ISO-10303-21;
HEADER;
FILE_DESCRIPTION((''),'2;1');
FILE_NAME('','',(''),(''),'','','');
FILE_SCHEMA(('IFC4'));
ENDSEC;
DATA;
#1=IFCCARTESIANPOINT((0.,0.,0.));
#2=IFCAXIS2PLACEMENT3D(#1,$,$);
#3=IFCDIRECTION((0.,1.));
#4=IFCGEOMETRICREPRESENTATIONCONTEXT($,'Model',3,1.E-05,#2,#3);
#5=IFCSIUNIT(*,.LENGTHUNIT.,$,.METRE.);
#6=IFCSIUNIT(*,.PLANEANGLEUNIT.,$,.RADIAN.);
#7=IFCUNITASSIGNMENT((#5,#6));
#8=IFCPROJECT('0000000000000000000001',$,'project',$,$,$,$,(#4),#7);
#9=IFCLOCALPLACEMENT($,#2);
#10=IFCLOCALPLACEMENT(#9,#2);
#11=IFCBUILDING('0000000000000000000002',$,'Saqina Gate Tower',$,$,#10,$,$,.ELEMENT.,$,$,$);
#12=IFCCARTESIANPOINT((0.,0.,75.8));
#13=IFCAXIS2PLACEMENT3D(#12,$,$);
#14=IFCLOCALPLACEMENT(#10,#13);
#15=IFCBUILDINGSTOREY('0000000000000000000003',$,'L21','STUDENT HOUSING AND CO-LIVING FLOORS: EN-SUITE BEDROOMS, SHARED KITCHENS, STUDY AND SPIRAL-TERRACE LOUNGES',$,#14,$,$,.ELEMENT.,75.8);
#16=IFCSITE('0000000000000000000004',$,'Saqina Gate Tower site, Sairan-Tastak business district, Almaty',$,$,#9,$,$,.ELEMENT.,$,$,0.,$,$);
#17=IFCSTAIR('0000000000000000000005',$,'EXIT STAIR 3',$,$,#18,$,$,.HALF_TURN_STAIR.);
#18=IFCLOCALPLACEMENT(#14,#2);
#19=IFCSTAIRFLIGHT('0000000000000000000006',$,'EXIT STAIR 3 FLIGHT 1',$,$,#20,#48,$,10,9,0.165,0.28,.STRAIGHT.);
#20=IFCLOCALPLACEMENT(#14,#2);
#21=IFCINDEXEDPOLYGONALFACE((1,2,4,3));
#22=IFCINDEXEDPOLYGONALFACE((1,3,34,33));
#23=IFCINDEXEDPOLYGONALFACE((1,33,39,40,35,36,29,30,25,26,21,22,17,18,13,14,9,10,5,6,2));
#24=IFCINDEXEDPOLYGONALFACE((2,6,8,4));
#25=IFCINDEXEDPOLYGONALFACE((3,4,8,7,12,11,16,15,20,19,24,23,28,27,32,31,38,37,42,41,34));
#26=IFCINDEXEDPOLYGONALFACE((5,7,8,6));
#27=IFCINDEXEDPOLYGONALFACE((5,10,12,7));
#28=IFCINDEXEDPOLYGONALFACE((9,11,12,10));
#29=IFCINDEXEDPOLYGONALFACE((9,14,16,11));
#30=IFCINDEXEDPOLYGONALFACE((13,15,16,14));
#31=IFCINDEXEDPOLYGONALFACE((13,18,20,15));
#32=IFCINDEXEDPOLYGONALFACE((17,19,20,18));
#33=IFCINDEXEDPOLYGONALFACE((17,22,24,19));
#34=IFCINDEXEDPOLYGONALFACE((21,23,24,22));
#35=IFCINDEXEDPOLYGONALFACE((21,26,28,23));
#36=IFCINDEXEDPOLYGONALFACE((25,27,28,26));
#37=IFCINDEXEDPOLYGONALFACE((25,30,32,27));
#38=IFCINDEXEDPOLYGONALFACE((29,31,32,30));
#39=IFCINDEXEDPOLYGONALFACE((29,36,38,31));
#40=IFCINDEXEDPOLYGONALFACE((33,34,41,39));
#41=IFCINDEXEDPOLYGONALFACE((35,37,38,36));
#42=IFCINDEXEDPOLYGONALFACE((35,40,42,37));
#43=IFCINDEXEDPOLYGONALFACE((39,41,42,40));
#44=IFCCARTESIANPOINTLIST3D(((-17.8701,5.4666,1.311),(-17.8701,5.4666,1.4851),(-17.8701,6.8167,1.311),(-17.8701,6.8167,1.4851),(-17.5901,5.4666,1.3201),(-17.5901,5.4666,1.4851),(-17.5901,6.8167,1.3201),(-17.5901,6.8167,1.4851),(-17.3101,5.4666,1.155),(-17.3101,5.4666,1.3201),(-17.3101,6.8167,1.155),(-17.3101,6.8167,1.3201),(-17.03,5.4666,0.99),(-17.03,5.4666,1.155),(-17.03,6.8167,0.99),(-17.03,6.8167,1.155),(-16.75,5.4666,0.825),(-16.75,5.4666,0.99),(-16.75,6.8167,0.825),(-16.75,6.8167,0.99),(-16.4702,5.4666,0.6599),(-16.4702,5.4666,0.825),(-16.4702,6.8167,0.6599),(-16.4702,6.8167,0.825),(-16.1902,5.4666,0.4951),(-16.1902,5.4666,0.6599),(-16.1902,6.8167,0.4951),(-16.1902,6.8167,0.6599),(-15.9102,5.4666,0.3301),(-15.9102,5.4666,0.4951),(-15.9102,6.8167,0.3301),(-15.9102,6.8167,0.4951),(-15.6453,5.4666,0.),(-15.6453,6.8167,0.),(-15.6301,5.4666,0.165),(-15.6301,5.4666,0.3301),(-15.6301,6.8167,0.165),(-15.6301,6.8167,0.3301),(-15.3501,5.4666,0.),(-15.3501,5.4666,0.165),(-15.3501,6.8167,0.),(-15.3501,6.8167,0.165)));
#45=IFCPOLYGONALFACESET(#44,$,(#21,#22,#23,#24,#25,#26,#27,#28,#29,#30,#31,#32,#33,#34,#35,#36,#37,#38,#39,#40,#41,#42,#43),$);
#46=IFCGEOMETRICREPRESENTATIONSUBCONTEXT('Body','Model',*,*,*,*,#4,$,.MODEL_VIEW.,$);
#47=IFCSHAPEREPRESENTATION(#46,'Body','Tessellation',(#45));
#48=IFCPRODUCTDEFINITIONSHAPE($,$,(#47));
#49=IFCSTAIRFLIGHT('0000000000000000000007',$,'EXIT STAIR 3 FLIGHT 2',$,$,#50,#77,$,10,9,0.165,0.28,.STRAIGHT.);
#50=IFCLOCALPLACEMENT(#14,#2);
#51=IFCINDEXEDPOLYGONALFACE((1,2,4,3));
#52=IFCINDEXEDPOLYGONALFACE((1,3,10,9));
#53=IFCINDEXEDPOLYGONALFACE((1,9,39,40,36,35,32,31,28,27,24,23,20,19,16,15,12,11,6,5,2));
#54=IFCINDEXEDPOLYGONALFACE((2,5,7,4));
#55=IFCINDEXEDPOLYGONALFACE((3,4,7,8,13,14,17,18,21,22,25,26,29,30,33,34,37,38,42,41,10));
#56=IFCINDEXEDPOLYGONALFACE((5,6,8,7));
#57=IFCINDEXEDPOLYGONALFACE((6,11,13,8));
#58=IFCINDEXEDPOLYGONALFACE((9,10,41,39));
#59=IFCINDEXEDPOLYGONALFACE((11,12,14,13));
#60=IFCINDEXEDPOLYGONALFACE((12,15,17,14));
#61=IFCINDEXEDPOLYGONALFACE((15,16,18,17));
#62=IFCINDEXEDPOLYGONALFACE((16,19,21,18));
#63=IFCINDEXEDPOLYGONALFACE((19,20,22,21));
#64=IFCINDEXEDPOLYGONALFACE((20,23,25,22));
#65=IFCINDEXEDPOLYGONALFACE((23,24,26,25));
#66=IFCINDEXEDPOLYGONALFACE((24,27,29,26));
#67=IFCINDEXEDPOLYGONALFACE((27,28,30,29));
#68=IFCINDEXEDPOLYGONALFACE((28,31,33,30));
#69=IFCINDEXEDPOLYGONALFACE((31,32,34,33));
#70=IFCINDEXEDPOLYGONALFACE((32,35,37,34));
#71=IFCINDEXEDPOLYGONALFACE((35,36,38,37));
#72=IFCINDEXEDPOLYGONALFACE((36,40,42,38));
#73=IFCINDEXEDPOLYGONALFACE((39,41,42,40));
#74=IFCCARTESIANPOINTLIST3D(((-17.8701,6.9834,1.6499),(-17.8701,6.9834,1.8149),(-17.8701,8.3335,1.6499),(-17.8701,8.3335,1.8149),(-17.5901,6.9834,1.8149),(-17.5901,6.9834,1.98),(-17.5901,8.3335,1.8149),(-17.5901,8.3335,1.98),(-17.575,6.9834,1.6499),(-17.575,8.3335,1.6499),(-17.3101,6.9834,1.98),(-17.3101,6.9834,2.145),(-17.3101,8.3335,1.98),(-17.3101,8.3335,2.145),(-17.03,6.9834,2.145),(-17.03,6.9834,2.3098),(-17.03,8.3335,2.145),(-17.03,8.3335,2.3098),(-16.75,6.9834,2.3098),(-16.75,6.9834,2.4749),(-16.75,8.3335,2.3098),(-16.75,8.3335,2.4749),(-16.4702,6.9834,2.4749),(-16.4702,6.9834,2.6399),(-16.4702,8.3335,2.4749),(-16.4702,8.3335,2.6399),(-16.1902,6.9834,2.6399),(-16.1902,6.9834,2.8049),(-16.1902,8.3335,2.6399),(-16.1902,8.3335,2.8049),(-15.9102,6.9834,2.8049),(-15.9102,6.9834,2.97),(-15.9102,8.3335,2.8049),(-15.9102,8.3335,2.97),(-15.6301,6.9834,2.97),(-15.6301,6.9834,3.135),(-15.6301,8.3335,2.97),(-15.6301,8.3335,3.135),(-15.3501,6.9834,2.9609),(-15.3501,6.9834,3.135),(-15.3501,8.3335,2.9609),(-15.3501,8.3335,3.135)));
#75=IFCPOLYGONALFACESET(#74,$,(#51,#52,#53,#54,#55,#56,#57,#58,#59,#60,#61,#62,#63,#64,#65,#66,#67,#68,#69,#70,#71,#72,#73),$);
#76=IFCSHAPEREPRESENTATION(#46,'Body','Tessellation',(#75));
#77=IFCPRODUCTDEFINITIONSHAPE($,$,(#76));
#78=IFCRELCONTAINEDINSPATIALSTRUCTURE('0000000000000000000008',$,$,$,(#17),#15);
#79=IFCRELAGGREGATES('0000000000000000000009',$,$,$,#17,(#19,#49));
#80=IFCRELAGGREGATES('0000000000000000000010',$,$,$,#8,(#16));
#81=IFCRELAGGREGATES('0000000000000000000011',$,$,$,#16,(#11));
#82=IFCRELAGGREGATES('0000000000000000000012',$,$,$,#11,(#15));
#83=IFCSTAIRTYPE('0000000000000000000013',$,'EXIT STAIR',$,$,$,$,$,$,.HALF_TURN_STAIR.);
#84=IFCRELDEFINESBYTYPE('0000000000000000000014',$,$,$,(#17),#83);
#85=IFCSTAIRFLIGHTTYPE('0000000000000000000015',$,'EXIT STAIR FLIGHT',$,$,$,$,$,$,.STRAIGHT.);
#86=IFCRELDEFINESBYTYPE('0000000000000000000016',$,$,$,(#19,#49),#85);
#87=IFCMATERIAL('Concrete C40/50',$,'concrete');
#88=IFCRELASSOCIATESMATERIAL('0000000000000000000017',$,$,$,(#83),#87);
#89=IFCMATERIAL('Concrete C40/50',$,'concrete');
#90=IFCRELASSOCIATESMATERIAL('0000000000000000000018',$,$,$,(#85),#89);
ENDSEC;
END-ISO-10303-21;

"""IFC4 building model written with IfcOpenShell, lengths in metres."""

from ifc_helpers import new_model, si_unit, direction, frame, origin, place, context, subcontext, project, spatial, polyline, outline, extrude, material, type_object, element, aggregate, save


model = new_model("IFC4")

# Units and contexts
model_context = context("Model", 3, precision=1e-05, world=origin(), true_north=direction((0.0, 1.0)))
body_context = subcontext(model_context, "Body", "Model", "MODEL_VIEW")
ifc_project = project(units=[si_unit("LENGTHUNIT", "METRE"), si_unit("PLANEANGLEUNIT", "RADIAN")], contexts=[model_context])

# Site, building, storey
site_placement = place(None, origin())
site = spatial("IfcSite", under=ifc_project, at=site_placement, Name="Saqina Gate Tower site, Sairan-Tastak business district, Almaty", CompositionType="ELEMENT", RefElevation=0.0)
building_placement = place(site_placement, origin())
building = spatial("IfcBuilding", under=site, at=building_placement, Name="Saqina Gate Tower", CompositionType="ELEMENT")
storey_placement = place(building_placement, frame((0.0, 0.0, 75.8)))
storey = spatial("IfcBuildingStorey", under=building, at=storey_placement, Name="L21", Description="STUDENT HOUSING AND CO-LIVING FLOORS: EN-SUITE BEDROOMS, SHARED KITCHENS, STUDY AND SPIRAL-TERRACE LOUNGES", CompositionType="ELEMENT", Elevation=75.8)

# Stair, stair flights
ifc_material_1 = material(Name="Concrete C40/50", Category="concrete")
stair_type = type_object("IfcStairType", Name="EXIT STAIR", PredefinedType="HALF_TURN_STAIR", material=ifc_material_1)
stair_placement = place(storey_placement, origin())
stair = element("IfcStair", 1, at=stair_placement, inside=storey, type_object=stair_type, Name="EXIT STAIR 3", PredefinedType="HALF_TURN_STAIR")
ifc_material_2 = material(Name="Concrete C40/50", Category="concrete")
stair_flight_type = type_object("IfcStairFlightType", Name="EXIT STAIR FLIGHT", PredefinedType="STRAIGHT", material=ifc_material_2)
stair_flight_1_placement = place(storey_placement, frame((-15.3501, 6.1416, 0.0), z_axis=(0.0, 0.0, 1.0), x_axis=(-1.0, 0.0, 0.0)))
stair_flight_1 = element("IfcStairFlight", 2, at=stair_flight_1_placement, type_object=stair_flight_type, Name="EXIT STAIR 3 FLIGHT 1", NumberOfRisers=10, NumberOfTreads=9, PredefinedType="STRAIGHT", RiserHeight=0.165, TreadLength=0.28, context=body_context, shape_type="SweptSolid", body=[
    extrude(outline(polyline([(0.0, 0.0), (0.0, 0.165), (0.28, 0.165), (0.28, 0.3301), (0.5601, 0.3301), (0.5601, 0.4951), (0.8401, 0.4951), (0.8401, 0.6599), (1.1201, 0.6599), (1.1201, 0.825), (1.3999, 0.825), (1.3999, 0.99), (1.6799, 0.99), (1.6799, 1.155), (1.96, 1.155), (1.96, 1.3201), (2.24, 1.3201), (2.24, 1.4851), (2.52, 1.4851), (2.52, 1.6499), (2.52, 1.311), (0.2952, 0.0), (0.0, 0.0)])), frame((0.0, 0.675, 0.0), z_axis=(0.0, -1.0, 0.0), x_axis=(1.0, 0.0, 0.0)), (0.0, 0.0, 1.0), 1.3501),
])
stair_flight_2_placement = place(storey_placement, frame((-17.8701, 7.6584, 1.6499), z_axis=(0.0, 0.0, 1.0), x_axis=(1.0, 0.0, 0.0)))
stair_flight_2 = element("IfcStairFlight", 3, at=stair_flight_2_placement, type_object=stair_flight_type, Name="EXIT STAIR 3 FLIGHT 2", NumberOfRisers=10, NumberOfTreads=9, PredefinedType="STRAIGHT", RiserHeight=0.165, TreadLength=0.28, context=body_context, shape_type="SweptSolid", body=[
    extrude(outline(polyline([(0.0, 0.0), (0.0, 0.165), (0.28, 0.165), (0.28, 0.3301), (0.5601, 0.3301), (0.5601, 0.4951), (0.8401, 0.4951), (0.8401, 0.6599), (1.1201, 0.6599), (1.1201, 0.825), (1.3999, 0.825), (1.3999, 0.99), (1.6799, 0.99), (1.6799, 1.155), (1.96, 1.155), (1.96, 1.3201), (2.24, 1.3201), (2.24, 1.4851), (2.52, 1.4851), (2.52, 1.6499), (2.52, 1.311), (0.2952, 0.0), (0.0, 0.0)])), frame((0.0, 0.675, 0.0), z_axis=(0.0, -1.0, 0.0), x_axis=(1.0, 0.0, 0.0)), (0.0, 0.0, 1.0), 1.3501),
])
aggregate(stair, [stair_flight_1, stair_flight_2])

save(model, "model.ifc")
